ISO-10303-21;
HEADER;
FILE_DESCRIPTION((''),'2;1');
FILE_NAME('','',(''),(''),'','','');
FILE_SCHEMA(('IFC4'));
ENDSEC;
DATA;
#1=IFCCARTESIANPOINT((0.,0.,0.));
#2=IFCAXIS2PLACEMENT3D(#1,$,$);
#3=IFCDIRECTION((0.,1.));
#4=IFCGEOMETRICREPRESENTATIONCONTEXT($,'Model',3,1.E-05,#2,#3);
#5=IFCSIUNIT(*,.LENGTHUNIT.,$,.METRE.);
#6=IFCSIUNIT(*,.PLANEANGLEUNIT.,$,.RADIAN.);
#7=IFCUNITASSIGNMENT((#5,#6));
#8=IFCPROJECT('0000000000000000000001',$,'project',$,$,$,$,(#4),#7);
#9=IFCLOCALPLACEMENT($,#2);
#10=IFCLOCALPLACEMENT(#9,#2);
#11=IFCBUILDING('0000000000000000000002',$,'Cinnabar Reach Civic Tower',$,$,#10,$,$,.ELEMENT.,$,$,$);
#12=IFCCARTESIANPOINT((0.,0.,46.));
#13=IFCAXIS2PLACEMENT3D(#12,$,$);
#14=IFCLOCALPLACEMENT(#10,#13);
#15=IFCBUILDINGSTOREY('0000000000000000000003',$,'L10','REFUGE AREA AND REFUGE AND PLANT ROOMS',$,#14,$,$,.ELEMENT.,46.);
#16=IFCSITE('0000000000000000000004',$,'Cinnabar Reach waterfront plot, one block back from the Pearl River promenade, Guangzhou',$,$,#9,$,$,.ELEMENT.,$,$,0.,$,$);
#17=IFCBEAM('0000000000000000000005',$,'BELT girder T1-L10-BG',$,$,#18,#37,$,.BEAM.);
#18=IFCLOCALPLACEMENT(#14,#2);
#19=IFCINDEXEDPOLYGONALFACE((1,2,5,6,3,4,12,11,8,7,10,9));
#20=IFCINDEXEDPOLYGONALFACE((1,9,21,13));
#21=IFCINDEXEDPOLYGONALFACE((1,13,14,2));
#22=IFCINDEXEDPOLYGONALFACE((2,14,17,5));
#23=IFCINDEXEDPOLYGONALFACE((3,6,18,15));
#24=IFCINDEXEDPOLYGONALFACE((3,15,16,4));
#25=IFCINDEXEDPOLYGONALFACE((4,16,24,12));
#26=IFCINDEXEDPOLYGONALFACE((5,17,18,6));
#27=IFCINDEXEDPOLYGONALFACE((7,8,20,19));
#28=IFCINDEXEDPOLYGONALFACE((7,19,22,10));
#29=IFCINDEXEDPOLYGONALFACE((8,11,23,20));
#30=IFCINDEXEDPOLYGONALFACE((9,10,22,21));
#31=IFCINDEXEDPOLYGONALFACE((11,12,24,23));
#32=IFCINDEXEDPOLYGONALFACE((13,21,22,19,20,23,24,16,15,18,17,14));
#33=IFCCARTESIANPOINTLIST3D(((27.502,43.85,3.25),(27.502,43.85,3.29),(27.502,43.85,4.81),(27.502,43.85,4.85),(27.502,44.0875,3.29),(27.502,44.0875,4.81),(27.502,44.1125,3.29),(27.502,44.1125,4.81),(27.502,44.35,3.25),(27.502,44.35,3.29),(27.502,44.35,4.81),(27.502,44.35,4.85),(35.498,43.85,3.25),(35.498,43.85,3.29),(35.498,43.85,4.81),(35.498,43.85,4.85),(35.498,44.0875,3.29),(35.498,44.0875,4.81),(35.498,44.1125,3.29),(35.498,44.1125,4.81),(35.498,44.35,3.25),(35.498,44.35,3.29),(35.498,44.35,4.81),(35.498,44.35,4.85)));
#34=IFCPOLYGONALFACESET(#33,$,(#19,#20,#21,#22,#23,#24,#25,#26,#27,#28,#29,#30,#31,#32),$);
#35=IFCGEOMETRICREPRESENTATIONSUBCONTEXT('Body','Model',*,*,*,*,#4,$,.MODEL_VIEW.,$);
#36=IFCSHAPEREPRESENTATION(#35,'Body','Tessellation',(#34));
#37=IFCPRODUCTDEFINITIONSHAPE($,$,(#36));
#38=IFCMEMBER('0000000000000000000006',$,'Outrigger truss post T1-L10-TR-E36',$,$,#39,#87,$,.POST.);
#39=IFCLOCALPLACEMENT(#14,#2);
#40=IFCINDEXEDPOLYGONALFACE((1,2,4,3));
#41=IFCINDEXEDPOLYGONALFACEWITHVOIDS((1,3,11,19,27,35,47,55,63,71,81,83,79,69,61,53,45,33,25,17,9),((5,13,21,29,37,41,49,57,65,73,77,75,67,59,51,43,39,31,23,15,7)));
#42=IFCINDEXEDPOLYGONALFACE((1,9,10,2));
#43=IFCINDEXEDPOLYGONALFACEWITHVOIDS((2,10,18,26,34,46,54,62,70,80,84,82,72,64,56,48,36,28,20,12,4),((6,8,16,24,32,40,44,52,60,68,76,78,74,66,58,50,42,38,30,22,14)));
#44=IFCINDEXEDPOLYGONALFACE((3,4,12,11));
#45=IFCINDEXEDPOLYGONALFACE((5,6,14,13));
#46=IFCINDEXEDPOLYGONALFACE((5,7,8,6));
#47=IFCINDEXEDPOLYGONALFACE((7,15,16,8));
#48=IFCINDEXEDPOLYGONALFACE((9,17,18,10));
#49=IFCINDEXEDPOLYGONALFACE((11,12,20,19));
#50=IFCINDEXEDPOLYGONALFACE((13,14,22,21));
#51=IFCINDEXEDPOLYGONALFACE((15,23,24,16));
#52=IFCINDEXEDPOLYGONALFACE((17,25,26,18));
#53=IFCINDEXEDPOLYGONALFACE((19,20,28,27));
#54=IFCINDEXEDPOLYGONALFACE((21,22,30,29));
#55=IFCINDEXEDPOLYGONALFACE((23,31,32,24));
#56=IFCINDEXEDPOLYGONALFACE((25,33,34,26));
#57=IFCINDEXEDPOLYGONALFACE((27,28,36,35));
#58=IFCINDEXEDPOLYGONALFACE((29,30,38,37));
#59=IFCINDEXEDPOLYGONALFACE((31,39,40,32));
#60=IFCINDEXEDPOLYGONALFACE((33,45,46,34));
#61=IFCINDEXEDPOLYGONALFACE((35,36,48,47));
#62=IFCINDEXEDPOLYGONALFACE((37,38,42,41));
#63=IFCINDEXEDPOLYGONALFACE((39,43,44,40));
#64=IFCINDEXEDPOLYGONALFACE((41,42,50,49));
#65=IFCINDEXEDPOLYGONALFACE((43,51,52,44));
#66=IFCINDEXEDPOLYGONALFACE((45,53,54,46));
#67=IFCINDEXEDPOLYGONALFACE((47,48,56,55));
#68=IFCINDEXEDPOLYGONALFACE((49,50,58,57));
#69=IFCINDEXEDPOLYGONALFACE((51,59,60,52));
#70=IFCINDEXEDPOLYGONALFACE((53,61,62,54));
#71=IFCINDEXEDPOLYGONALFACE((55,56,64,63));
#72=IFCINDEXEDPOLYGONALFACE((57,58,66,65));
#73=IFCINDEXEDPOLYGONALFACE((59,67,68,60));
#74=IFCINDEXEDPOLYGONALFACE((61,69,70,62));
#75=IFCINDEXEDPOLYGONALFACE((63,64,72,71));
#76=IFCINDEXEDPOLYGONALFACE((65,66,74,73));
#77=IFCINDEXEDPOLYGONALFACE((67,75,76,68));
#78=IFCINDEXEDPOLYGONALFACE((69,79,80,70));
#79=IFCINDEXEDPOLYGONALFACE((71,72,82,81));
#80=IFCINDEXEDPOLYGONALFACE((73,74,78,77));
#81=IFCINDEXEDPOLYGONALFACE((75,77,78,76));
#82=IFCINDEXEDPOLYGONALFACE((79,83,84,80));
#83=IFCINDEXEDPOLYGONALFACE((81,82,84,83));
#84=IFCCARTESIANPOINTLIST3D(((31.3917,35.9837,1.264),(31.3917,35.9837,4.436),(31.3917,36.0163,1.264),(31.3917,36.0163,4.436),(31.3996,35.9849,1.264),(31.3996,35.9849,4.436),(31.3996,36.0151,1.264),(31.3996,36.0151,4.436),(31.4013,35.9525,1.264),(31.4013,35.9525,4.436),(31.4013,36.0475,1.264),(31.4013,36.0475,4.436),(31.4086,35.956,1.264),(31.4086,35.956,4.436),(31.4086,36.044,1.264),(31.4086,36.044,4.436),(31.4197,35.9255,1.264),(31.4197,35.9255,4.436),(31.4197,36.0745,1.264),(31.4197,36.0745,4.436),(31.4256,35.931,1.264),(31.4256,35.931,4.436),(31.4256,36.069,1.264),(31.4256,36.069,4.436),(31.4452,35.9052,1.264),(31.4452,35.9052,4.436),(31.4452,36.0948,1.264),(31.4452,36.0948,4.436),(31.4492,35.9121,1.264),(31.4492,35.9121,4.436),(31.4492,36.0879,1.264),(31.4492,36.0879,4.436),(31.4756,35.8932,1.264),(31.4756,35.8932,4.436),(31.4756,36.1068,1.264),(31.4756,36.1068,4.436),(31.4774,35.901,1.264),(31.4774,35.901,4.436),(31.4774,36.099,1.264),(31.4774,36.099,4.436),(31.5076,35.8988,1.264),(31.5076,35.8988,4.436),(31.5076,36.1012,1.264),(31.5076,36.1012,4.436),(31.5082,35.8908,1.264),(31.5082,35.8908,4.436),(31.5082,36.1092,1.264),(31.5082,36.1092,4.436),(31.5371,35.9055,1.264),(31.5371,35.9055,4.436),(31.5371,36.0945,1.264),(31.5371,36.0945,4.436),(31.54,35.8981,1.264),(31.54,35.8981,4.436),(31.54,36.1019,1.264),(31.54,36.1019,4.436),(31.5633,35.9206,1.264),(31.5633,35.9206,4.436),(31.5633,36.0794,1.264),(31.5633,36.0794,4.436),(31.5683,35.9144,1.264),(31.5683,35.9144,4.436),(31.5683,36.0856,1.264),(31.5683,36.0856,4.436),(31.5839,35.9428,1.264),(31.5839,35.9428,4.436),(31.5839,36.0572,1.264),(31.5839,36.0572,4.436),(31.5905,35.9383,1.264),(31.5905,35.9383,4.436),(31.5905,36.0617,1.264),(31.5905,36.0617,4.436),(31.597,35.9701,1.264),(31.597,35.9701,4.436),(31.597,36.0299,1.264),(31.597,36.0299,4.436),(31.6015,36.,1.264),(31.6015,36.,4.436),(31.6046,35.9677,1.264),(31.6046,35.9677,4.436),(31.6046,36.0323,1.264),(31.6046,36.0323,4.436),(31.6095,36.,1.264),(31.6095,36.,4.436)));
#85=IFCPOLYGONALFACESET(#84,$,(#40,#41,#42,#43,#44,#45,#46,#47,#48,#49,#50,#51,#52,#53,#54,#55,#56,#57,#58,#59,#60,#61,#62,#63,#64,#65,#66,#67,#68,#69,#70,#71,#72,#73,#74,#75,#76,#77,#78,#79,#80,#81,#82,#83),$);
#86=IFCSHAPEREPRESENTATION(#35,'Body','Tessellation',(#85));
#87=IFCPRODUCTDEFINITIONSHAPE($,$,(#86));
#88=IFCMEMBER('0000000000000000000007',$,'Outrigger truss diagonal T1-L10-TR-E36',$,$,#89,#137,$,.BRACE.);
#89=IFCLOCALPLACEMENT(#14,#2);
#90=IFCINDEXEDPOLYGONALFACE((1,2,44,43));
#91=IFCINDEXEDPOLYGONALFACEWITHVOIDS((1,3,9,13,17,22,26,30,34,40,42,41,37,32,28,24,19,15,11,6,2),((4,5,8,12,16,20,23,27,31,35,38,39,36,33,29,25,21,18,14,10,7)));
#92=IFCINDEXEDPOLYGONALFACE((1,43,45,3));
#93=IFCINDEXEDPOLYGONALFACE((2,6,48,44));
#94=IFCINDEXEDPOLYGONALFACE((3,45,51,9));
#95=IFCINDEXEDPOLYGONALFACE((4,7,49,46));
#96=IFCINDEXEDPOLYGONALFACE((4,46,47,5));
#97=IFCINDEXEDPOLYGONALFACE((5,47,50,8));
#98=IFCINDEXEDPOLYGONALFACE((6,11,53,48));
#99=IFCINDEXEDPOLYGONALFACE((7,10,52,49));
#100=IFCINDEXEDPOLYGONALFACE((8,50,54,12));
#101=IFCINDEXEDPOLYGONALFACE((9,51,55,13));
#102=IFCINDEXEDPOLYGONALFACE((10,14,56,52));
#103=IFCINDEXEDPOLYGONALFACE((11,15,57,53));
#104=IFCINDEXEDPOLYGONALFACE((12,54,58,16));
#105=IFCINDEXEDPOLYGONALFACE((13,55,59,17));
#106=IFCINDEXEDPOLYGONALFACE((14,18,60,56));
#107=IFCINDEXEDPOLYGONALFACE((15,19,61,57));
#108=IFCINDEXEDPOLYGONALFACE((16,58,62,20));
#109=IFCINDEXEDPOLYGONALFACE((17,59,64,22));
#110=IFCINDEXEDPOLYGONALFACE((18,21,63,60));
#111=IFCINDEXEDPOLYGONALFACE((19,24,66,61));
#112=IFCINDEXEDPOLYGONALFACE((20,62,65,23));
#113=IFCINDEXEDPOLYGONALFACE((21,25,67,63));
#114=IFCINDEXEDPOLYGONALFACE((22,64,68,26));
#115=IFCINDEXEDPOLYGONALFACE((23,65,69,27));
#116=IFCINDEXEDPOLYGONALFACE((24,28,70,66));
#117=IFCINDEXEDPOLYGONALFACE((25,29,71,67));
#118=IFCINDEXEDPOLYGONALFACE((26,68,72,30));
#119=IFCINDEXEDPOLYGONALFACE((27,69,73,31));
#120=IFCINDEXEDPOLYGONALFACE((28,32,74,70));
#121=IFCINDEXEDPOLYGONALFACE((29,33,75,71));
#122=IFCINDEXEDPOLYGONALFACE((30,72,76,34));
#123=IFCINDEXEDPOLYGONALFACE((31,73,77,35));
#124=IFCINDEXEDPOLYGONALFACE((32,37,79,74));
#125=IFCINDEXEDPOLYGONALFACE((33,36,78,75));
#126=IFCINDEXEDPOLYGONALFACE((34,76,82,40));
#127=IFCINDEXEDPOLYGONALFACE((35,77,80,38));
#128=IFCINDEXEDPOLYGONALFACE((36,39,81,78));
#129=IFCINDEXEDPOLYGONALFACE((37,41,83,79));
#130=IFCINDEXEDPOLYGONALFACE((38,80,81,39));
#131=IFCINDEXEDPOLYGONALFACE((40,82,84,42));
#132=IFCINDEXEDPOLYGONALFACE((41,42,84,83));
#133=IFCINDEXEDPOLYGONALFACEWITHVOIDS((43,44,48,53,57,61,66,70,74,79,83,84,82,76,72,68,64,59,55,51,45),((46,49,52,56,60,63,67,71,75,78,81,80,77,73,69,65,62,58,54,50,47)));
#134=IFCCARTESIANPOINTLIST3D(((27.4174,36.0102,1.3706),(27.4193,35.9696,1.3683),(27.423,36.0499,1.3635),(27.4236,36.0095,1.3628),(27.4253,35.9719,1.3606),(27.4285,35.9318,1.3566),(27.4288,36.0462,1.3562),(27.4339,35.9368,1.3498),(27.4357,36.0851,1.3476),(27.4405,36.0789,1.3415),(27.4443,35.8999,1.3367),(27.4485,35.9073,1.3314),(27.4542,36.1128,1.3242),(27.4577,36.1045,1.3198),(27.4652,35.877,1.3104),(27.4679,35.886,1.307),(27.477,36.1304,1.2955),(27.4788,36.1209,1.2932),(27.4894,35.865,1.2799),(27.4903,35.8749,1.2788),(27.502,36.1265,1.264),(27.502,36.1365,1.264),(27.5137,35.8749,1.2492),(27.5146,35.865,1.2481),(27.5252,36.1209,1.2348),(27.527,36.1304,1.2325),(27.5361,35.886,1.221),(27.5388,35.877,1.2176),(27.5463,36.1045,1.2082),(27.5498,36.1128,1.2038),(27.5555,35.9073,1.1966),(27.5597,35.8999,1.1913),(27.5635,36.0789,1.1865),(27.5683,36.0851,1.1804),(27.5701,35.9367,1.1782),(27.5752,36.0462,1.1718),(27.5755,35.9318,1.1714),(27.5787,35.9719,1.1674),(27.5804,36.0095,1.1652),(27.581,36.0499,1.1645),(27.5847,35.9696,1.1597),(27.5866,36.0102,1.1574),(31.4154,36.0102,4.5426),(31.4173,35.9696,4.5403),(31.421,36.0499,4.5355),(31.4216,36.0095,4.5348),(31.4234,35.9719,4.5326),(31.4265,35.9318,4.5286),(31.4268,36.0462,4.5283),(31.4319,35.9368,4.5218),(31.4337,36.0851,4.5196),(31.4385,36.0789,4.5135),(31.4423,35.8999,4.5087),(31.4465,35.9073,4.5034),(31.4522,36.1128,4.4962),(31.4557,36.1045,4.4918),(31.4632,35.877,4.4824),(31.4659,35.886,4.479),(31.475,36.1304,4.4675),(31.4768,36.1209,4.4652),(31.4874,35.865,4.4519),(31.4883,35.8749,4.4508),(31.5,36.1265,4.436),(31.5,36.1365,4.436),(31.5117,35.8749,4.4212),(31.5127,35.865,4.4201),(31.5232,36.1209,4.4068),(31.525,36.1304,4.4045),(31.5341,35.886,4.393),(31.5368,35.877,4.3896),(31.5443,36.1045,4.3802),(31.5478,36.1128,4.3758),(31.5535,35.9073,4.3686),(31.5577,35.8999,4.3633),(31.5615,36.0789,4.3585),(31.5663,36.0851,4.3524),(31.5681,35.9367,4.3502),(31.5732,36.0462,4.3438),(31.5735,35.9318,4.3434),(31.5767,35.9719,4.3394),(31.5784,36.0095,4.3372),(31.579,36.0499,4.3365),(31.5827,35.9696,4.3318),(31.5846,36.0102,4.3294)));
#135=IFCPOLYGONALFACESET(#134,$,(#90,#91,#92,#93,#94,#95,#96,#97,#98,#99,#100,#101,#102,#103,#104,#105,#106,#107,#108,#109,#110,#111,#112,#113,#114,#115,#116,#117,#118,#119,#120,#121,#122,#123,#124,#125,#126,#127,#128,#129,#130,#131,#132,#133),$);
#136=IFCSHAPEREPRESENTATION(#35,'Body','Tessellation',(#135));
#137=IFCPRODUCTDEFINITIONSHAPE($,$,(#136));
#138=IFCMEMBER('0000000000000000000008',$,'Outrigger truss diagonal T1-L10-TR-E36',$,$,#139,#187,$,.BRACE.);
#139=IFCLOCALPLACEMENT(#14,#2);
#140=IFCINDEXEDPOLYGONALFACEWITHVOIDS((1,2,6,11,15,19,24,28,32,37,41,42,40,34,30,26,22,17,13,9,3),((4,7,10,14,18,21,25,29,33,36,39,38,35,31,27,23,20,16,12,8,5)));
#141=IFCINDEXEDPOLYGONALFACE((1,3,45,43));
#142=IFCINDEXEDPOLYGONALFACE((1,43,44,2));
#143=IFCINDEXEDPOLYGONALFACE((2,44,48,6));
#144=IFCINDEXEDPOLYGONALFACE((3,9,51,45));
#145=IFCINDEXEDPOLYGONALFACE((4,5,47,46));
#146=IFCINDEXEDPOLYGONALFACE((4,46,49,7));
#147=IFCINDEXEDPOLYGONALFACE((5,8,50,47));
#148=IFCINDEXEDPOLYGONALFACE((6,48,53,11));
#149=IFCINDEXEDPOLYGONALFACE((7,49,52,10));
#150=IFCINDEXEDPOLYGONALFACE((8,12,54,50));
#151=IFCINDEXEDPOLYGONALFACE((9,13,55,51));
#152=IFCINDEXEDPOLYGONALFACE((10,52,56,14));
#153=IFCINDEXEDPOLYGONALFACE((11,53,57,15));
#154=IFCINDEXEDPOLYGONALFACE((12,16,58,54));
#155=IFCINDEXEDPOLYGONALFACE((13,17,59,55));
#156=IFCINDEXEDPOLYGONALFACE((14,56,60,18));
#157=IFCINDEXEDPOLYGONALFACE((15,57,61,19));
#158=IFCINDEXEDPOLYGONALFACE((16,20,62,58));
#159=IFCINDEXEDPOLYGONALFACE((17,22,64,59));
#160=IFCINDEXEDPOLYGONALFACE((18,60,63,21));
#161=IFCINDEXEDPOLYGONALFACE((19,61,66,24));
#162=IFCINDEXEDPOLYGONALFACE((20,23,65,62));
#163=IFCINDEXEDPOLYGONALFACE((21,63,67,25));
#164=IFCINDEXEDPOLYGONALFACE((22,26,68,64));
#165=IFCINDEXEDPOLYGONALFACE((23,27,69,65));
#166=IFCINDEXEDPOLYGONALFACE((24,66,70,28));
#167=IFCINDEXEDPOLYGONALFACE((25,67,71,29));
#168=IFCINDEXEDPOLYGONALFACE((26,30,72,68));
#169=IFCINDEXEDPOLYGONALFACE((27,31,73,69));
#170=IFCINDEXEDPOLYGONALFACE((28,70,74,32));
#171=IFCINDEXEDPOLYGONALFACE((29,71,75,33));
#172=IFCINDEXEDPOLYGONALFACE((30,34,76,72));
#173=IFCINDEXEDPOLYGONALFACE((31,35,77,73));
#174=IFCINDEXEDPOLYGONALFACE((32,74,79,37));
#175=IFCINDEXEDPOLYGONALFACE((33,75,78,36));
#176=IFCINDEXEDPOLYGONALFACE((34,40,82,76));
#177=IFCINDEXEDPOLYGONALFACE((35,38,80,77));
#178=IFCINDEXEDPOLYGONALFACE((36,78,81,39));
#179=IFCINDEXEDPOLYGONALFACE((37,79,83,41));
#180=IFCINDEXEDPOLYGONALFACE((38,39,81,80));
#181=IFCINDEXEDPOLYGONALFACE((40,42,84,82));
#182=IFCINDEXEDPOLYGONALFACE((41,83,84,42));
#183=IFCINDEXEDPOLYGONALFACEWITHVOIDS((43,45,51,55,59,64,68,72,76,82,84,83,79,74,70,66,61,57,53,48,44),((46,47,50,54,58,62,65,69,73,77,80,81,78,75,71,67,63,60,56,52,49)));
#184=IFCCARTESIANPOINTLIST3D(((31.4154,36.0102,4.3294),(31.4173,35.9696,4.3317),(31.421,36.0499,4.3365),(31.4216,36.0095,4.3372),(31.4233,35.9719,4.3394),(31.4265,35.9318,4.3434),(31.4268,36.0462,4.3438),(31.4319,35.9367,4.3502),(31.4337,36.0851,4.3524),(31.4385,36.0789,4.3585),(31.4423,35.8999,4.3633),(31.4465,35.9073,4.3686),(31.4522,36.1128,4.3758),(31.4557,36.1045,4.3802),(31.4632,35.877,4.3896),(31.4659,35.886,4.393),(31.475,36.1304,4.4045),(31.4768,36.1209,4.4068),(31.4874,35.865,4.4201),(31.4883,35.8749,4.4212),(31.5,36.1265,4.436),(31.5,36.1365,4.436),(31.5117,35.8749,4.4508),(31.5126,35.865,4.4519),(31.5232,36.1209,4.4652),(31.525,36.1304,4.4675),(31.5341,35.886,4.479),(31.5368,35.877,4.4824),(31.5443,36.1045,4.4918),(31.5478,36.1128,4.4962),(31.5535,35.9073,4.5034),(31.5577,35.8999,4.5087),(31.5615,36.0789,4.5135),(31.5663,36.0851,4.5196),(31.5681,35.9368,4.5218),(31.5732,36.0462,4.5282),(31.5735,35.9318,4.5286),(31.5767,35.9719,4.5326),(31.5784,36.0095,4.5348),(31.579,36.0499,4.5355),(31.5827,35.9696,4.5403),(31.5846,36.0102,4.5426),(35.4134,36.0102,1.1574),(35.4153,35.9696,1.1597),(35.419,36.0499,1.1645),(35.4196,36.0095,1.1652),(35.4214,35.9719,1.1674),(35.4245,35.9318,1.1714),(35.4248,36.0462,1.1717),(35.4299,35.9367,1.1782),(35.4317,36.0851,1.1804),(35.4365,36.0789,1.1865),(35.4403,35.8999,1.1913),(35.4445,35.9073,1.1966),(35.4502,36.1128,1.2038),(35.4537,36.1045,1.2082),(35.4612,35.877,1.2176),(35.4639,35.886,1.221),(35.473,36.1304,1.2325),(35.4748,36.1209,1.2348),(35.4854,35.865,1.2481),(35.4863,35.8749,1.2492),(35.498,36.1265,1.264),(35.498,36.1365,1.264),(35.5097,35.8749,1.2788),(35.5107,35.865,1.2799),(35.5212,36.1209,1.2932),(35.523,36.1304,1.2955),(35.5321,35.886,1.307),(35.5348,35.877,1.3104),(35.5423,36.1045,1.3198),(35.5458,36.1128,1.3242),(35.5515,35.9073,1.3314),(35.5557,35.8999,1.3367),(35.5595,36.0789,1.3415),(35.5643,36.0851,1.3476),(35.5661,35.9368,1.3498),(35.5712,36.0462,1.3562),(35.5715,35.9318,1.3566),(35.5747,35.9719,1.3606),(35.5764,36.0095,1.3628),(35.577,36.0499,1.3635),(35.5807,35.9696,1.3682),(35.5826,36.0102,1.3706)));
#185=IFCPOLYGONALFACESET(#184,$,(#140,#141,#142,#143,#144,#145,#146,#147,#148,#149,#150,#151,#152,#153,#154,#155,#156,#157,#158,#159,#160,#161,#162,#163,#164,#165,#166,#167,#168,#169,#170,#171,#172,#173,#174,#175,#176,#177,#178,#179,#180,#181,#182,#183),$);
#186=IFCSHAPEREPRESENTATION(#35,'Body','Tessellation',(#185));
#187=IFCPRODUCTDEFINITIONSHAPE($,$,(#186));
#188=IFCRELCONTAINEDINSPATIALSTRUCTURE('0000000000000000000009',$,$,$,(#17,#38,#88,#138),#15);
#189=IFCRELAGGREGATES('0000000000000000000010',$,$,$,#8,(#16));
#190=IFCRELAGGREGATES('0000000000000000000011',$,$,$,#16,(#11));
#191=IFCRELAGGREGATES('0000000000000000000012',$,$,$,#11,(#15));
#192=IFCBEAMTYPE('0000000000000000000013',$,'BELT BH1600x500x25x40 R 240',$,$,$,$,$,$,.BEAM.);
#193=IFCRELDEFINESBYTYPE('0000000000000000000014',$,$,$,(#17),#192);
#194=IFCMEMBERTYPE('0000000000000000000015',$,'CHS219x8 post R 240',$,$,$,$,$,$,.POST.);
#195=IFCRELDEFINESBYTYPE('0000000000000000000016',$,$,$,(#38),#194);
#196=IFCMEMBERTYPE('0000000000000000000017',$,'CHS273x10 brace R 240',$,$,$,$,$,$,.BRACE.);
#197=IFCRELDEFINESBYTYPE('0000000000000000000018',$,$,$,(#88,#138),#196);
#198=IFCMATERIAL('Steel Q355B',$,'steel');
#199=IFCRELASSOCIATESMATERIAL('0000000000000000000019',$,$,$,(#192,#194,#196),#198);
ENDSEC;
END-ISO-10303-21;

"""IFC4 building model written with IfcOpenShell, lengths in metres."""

from ifc_helpers import new_model, si_unit, direction, frame, origin, origin_2d, place, context, subcontext, project, spatial, hollow_circle, i_section, extrude, material, material_profile, profile_set, type_object, element, save


model = new_model("IFC4")

# Units and contexts
model_context = context("Model", 3, precision=1e-05, world=origin(), true_north=direction((0.0, 1.0)))
body_context = subcontext(model_context, "Body", "Model", "MODEL_VIEW")
ifc_project = project(units=[si_unit("LENGTHUNIT", "METRE"), si_unit("PLANEANGLEUNIT", "RADIAN")], contexts=[model_context])

# Site, building, storey
site_placement = place(None, origin())
site = spatial("IfcSite", under=ifc_project, at=site_placement, Name="Cinnabar Reach waterfront plot, one block back from the Pearl River promenade, Guangzhou", CompositionType="ELEMENT", RefElevation=0.0)
building_placement = place(site_placement, origin())
building = spatial("IfcBuilding", under=site, at=building_placement, Name="Cinnabar Reach Civic Tower", CompositionType="ELEMENT")
storey_placement = place(building_placement, frame((0.0, 0.0, 46.0)))
storey = spatial("IfcBuildingStorey", under=building, at=storey_placement, Name="L10", Description="REFUGE AREA AND REFUGE AND PLANT ROOMS", CompositionType="ELEMENT", Elevation=46.0)

# Beam
ifc_material_1 = material(Name="Steel Q355B", Category="steel")
ifc_material_profile_1 = material_profile(ifc_material_1, i_section(OverallWidth=0.5, OverallDepth=1.6, WebThickness=0.025, FlangeThickness=0.04, at=origin_2d()), Name="BH1600x500x25x40")
ifc_profile_set_1 = profile_set([ifc_material_profile_1], Name="Steel Q355B")
beam_type_1 = type_object("IfcBeamType", Name="BELT BH1600x500x25x40 R 240", PredefinedType="BEAM", material=ifc_profile_set_1)
beam_1_placement = place(storey_placement, frame((27.502, 44.1, 4.05), z_axis=(1.0, 0.0, 0.0), x_axis=(0.0, 1.0, 0.0)))
element("IfcBeam", 1, at=beam_1_placement, inside=storey, type_object=beam_type_1, Name="BELT girder T1-L10-BG", PredefinedType="BEAM", context=body_context, shape_type="SweptSolid", body=[
    extrude(i_section(OverallWidth=0.5, OverallDepth=1.6, WebThickness=0.025, FlangeThickness=0.04, at=origin_2d()), origin(), (0.0, 0.0, 1.0), 7.996),
])

# Members
ifc_material_profile_2 = material_profile(ifc_material_1, hollow_circle(Radius=0.1095, WallThickness=0.008, at=origin_2d()), Name="CHS219x8")
ifc_profile_set_2 = profile_set([ifc_material_profile_2], Name="Steel Q355B")
member_type_1 = type_object("IfcMemberType", Name="CHS219x8 post R 240", PredefinedType="POST", material=ifc_profile_set_2)
member_placement = place(storey_placement, frame((31.5, 36.0, 1.264), z_axis=(0.0, 0.0, 1.0), x_axis=(1.0, 0.0, 0.0)))
element("IfcMember", 2, at=member_placement, inside=storey, type_object=member_type_1, Name="Outrigger truss post T1-L10-TR-E36", PredefinedType="POST", context=body_context, shape_type="SweptSolid", body=[
    extrude(hollow_circle(Radius=0.1095, WallThickness=0.008, at=origin_2d()), origin(), (0.0, 0.0, 1.0), 3.172),
])
ifc_material_profile_3 = material_profile(ifc_material_1, hollow_circle(Radius=0.1365, WallThickness=0.01, at=origin_2d()), Name="CHS273x10")
ifc_profile_set_3 = profile_set([ifc_material_profile_3], Name="Steel Q355B")
member_type_2 = type_object("IfcMemberType", Name="CHS273x10 brace R 240", PredefinedType="BRACE", material=ifc_profile_set_3)
for number, where, z_axis, x_axis, name in (
    (3, (27.502, 36.0, 1.264), (0.783386, 0.0, 0.621536), (0.0, 1.0, 0.0), "Outrigger truss diagonal T1-L10-TR-E36"),
    (4, (31.5, 36.0, 4.436), (0.783386, 0.0, -0.621536), (0.0, 1.0, 0.0), "Outrigger truss diagonal T1-L10-TR-E36"),
):
    element("IfcMember", number, at=place(storey_placement, frame(where, z_axis=z_axis, x_axis=x_axis)), inside=storey, type_object=member_type_2, Name=name, PredefinedType="BRACE", context=body_context, shape_type="SweptSolid", body=[
        extrude(hollow_circle(Radius=0.1365, WallThickness=0.01, at=origin_2d()), origin(), (0.0, 0.0, 1.0), 5.1035),
    ])

save(model, "model.ifc")
